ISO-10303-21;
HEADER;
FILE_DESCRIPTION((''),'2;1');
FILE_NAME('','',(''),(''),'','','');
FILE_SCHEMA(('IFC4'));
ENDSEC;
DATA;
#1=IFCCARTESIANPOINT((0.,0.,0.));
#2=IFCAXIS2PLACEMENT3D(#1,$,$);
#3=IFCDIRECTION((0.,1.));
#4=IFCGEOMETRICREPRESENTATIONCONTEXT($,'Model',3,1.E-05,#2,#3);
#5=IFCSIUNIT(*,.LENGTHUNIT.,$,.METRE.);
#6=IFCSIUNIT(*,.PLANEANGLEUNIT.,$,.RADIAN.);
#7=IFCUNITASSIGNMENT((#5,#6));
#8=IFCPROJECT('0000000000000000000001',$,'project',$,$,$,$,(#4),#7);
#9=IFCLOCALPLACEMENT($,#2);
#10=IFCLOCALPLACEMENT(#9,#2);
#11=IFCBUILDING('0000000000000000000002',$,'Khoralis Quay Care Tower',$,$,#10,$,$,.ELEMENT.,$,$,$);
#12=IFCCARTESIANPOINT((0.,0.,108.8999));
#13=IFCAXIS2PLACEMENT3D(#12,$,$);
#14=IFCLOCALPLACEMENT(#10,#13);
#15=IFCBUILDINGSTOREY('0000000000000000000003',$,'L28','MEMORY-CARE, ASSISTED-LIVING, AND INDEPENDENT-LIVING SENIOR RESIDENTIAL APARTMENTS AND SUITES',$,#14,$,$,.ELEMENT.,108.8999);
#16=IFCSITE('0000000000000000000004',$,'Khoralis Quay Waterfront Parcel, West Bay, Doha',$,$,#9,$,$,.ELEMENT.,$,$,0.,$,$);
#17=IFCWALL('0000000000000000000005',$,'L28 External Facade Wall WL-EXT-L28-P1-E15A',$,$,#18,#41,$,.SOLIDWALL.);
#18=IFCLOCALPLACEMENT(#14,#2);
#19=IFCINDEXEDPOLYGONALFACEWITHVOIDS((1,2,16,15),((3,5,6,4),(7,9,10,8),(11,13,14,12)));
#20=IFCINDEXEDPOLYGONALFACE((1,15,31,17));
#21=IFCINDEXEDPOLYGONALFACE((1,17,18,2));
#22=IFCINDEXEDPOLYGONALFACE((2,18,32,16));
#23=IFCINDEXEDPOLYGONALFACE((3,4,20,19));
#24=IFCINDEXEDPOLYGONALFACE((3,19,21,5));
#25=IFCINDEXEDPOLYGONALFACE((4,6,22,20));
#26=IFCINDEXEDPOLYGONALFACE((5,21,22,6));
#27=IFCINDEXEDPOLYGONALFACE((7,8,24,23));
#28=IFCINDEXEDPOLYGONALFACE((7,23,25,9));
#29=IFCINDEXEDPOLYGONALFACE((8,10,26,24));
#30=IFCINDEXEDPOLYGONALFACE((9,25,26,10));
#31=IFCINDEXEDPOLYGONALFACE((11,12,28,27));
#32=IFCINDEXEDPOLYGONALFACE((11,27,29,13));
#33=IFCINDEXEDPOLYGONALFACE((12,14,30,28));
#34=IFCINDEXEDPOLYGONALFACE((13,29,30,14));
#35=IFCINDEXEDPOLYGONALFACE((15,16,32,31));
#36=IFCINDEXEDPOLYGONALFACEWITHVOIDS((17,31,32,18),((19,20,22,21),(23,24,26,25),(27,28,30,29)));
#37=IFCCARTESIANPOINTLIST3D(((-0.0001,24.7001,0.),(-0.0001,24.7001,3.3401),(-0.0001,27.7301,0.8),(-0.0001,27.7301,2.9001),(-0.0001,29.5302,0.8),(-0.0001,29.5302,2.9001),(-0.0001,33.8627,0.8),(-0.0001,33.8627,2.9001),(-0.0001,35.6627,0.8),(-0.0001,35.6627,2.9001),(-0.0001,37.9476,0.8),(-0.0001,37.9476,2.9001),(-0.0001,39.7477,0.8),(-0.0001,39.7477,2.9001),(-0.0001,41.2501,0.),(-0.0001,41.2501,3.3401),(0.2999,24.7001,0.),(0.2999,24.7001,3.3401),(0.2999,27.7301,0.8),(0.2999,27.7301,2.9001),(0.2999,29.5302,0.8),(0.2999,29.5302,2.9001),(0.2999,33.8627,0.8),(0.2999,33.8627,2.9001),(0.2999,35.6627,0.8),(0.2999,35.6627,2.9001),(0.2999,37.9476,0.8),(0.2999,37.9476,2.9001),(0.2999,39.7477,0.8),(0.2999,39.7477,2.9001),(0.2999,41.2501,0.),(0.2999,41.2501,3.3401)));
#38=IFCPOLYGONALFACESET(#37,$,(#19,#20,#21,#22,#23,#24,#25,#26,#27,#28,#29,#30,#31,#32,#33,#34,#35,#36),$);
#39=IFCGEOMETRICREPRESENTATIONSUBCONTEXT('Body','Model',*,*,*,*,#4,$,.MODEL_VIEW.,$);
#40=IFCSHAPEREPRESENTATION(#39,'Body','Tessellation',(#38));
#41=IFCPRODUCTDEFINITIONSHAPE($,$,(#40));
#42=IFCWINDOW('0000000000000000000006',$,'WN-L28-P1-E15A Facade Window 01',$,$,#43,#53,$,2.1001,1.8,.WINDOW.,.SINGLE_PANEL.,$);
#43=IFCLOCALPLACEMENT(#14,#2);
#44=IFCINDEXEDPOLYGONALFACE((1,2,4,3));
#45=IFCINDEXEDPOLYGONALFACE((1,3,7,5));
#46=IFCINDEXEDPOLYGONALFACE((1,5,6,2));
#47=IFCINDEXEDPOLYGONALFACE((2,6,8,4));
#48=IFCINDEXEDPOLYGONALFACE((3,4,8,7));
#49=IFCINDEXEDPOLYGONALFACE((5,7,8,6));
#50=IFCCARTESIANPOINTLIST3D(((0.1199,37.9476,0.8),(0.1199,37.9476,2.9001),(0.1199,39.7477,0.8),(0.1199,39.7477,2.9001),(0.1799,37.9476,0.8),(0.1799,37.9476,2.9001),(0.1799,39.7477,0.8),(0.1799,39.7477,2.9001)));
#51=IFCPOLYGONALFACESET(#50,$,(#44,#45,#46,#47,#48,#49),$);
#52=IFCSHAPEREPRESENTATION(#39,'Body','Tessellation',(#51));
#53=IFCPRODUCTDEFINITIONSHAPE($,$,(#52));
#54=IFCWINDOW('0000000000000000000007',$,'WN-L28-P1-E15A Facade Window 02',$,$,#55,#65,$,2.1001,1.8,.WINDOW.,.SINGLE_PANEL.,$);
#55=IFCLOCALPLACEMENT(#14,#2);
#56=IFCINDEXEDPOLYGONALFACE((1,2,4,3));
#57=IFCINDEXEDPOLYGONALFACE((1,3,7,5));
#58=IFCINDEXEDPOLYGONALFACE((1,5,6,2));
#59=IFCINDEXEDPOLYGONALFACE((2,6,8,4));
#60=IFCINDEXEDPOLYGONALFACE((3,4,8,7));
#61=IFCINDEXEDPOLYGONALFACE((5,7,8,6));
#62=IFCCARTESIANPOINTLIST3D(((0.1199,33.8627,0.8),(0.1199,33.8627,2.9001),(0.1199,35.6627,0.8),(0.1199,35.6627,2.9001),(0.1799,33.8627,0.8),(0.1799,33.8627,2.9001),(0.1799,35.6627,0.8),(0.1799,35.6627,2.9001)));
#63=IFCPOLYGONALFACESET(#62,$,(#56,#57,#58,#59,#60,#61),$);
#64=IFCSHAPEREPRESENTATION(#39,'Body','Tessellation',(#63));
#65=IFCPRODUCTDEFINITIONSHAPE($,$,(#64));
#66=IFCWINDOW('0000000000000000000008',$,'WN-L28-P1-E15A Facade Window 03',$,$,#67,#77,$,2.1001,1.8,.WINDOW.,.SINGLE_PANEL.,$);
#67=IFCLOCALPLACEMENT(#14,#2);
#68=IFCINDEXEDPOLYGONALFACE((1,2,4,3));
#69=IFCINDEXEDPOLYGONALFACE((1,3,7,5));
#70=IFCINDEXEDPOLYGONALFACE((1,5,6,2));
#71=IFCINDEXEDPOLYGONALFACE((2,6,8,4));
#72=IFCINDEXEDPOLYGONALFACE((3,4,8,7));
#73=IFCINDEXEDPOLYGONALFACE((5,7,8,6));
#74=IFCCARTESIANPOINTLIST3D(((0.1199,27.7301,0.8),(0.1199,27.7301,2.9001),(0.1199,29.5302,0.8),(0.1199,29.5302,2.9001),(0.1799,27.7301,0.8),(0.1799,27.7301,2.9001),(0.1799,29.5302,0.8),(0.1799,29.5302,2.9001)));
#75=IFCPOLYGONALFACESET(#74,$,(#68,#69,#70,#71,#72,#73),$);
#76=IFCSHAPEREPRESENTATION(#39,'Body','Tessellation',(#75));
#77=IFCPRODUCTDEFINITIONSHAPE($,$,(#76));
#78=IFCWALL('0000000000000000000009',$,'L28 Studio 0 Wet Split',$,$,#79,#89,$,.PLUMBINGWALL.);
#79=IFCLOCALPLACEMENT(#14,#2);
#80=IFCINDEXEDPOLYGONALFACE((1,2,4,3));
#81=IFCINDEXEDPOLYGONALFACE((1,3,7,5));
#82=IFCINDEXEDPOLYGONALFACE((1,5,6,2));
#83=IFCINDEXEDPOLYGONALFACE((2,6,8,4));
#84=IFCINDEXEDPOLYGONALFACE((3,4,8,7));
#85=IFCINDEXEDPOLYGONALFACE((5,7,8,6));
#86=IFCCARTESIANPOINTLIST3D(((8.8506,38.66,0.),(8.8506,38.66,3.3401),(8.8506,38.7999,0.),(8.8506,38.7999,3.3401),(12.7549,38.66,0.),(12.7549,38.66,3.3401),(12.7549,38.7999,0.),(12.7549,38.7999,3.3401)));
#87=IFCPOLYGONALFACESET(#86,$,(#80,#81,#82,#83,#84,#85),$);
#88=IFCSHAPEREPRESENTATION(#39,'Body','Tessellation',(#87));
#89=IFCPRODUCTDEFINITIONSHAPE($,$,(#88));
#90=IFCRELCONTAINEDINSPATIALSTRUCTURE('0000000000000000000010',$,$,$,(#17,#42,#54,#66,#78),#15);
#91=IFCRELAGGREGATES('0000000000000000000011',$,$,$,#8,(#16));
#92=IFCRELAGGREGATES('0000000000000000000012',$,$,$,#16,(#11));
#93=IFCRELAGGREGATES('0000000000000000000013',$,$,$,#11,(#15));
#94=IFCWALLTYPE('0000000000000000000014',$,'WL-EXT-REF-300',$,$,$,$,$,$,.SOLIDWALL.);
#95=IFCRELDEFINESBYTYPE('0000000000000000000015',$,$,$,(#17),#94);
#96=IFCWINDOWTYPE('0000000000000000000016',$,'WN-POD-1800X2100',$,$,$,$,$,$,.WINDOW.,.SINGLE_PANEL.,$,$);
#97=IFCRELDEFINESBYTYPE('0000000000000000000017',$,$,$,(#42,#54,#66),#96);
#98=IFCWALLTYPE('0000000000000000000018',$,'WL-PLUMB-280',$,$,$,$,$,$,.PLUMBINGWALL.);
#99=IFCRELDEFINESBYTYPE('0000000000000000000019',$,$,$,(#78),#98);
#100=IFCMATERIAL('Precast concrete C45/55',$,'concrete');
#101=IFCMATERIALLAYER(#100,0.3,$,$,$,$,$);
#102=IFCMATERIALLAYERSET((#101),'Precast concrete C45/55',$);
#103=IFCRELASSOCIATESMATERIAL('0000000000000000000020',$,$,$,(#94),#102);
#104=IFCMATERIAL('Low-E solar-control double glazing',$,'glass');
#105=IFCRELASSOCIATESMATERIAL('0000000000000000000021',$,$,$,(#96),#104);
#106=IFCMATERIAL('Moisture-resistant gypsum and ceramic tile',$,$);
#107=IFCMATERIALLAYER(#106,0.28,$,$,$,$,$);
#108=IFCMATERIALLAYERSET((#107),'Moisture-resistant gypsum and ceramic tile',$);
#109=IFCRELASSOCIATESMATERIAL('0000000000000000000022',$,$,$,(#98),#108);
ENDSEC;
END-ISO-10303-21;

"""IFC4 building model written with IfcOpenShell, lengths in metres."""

from ifc_helpers import new_model, si_unit, direction, frame, frame_2d, origin, place, context, subcontext, project, spatial, rectangle, extrude, source, transform, mapped, material, layer, layer_set, type_object, element, fill, save


model = new_model("IFC4")

# Units and contexts
model_context = context("Model", 3, precision=1e-05, world=origin(), true_north=direction((0.0, 1.0)))
body_context = subcontext(model_context, "Body", "Model", "MODEL_VIEW")
ifc_project = project(units=[si_unit("LENGTHUNIT", "METRE"), si_unit("PLANEANGLEUNIT", "RADIAN")], contexts=[model_context])

# Site, building, storey
site_placement = place(None, origin())
site = spatial("IfcSite", under=ifc_project, at=site_placement, Name="Khoralis Quay Waterfront Parcel, West Bay, Doha", CompositionType="ELEMENT", RefElevation=0.0)
building_placement = place(site_placement, origin())
building = spatial("IfcBuilding", under=site, at=building_placement, Name="Khoralis Quay Care Tower", CompositionType="ELEMENT")
storey_placement = place(building_placement, frame((0.0, 0.0, 108.8999)))
storey = spatial("IfcBuildingStorey", under=building, at=storey_placement, Name="L28", Description="MEMORY-CARE, ASSISTED-LIVING, AND INDEPENDENT-LIVING SENIOR RESIDENTIAL APARTMENTS AND SUITES", CompositionType="ELEMENT", Elevation=108.8999)

# Shared definitions
ifc_material_1 = material(Name="Precast concrete C45/55", Category="concrete")
ifc_layer_1 = layer(ifc_material_1, 0.3)
ifc_layer_set_1 = layer_set([ifc_layer_1], Name="Precast concrete C45/55")
wall_type_1 = type_object("IfcWallType", Name="WL-EXT-REF-300", PredefinedType="SOLIDWALL", material=ifc_layer_set_1)

# Wall, openings, windows
wall_1_placement = place(storey_placement, frame((0.1499, 41.25, 0.0), z_axis=(0.0, 0.0, 1.0), x_axis=(0.0, -1.0, 0.0)))
wall_1 = element("IfcWall", 1, at=wall_1_placement, inside=storey, type_object=wall_type_1, Name="L28 External Facade Wall WL-EXT-L28-P1-E15A", PredefinedType="SOLIDWALL", context=body_context, shape_type="SweptSolid", body=[
    extrude(rectangle(XDim=16.55, YDim=0.3, at=frame_2d((8.2749, 0.0))), origin(), (0.0, 0.0, 1.0), 3.3401),
])
opening_1_placement = place(wall_1_placement, frame((1.5024, 0.0, 0.8)))
opening_1 = element("IfcOpeningElement", 2, at=opening_1_placement, cuts=wall_1, PredefinedType="OPENING", context=body_context, shape_type="SweptSolid", body=[
    extrude(rectangle(XDim=1.8, YDim=2.1001, at=frame_2d((0.8999, 1.05))), frame((0.0, 0.1602, 0.0), z_axis=(0.0, -1.0, 0.0), x_axis=(1.0, 0.0, 0.0)), (0.0, 0.0, 1.0), 0.3201),
])
opening_2_placement = place(wall_1_placement, frame((5.5874, 0.0, 0.8)))
opening_2 = element("IfcOpeningElement", 3, at=opening_2_placement, cuts=wall_1, PredefinedType="OPENING", context=body_context, shape_type="SweptSolid", body=[
    extrude(rectangle(XDim=1.8, YDim=2.1001, at=frame_2d((0.8999, 1.05))), frame((0.0, 0.1602, 0.0), z_axis=(0.0, -1.0, 0.0), x_axis=(1.0, 0.0, 0.0)), (0.0, 0.0, 1.0), 0.3201),
])
opening_3_placement = place(wall_1_placement, frame((11.72, 0.0, 0.8)))
opening_3 = element("IfcOpeningElement", 4, at=opening_3_placement, cuts=wall_1, PredefinedType="OPENING", context=body_context, shape_type="SweptSolid", body=[
    extrude(rectangle(XDim=1.8, YDim=2.1001, at=frame_2d((0.8999, 1.05))), frame((0.0, 0.1602, 0.0), z_axis=(0.0, -1.0, 0.0), x_axis=(1.0, 0.0, 0.0)), (0.0, 0.0, 1.0), 0.3201),
])
ifc_material_2 = material(Name="Low-E solar-control double glazing", Category="glass")
window_type = type_object("IfcWindowType", Name="WN-POD-1800X2100", PartitioningType="SINGLE_PANEL", PredefinedType="WINDOW", material=ifc_material_2)
shared_shape_1 = source(origin(), body_context, "Body", "SweptSolid", [
    extrude(rectangle(XDim=1.8, YDim=2.1001, at=frame_2d((0.8999, 1.05))), frame((0.0, 0.03, 0.0), z_axis=(0.0, -1.0, 0.0), x_axis=(1.0, 0.0, 0.0)), (0.0, 0.0, 1.0), 0.0601),
])
window_1_placement = place(opening_1_placement, origin())
window_1 = element("IfcWindow", 5, at=window_1_placement, inside=storey, type_object=window_type, Name="WN-L28-P1-E15A Facade Window 01", OverallHeight=2.1001, OverallWidth=1.8, PartitioningType="SINGLE_PANEL", PredefinedType="WINDOW", context=body_context, shape_type="MappedRepresentation", body=[
    mapped(shared_shape_1, transform((0.0, 0.0, 0.0), scale=1.0)),
])
fill(opening_1, window_1)
window_2_placement = place(opening_2_placement, origin())
window_2 = element("IfcWindow", 6, at=window_2_placement, inside=storey, type_object=window_type, Name="WN-L28-P1-E15A Facade Window 02", OverallHeight=2.1001, OverallWidth=1.8, PartitioningType="SINGLE_PANEL", PredefinedType="WINDOW", context=body_context, shape_type="MappedRepresentation", body=[
    mapped(shared_shape_1, transform((0.0, 0.0, 0.0), scale=1.0)),
])
fill(opening_2, window_2)
window_3_placement = place(opening_3_placement, origin())
window_3 = element("IfcWindow", 7, at=window_3_placement, inside=storey, type_object=window_type, Name="WN-L28-P1-E15A Facade Window 03", OverallHeight=2.1001, OverallWidth=1.8, PartitioningType="SINGLE_PANEL", PredefinedType="WINDOW", context=body_context, shape_type="MappedRepresentation", body=[
    mapped(shared_shape_1, transform((0.0, 0.0, 0.0), scale=1.0)),
])
fill(opening_3, window_3)

# Wall
ifc_material_3 = material(Name="Moisture-resistant gypsum and ceramic tile")
ifc_layer_2 = layer(ifc_material_3, 0.28)
ifc_layer_set_2 = layer_set([ifc_layer_2], Name="Moisture-resistant gypsum and ceramic tile")
wall_type_2 = type_object("IfcWallType", Name="WL-PLUMB-280", PredefinedType="PLUMBINGWALL", material=ifc_layer_set_2)
wall_2_placement = place(storey_placement, frame((8.8506, 38.73, 0.0), z_axis=(0.0, 0.0, 1.0), x_axis=(1.0, 0.0, 0.0)))
element("IfcWall", 8, at=wall_2_placement, inside=storey, type_object=wall_type_2, Name="L28 Studio 0 Wet Split", PredefinedType="PLUMBINGWALL", context=body_context, shape_type="SweptSolid", body=[
    extrude(rectangle(XDim=3.9043, YDim=0.1399, at=frame_2d((1.9521, 0.0))), origin(), (0.0, 0.0, 1.0), 3.3401),
])

save(model, "model.ifc")
